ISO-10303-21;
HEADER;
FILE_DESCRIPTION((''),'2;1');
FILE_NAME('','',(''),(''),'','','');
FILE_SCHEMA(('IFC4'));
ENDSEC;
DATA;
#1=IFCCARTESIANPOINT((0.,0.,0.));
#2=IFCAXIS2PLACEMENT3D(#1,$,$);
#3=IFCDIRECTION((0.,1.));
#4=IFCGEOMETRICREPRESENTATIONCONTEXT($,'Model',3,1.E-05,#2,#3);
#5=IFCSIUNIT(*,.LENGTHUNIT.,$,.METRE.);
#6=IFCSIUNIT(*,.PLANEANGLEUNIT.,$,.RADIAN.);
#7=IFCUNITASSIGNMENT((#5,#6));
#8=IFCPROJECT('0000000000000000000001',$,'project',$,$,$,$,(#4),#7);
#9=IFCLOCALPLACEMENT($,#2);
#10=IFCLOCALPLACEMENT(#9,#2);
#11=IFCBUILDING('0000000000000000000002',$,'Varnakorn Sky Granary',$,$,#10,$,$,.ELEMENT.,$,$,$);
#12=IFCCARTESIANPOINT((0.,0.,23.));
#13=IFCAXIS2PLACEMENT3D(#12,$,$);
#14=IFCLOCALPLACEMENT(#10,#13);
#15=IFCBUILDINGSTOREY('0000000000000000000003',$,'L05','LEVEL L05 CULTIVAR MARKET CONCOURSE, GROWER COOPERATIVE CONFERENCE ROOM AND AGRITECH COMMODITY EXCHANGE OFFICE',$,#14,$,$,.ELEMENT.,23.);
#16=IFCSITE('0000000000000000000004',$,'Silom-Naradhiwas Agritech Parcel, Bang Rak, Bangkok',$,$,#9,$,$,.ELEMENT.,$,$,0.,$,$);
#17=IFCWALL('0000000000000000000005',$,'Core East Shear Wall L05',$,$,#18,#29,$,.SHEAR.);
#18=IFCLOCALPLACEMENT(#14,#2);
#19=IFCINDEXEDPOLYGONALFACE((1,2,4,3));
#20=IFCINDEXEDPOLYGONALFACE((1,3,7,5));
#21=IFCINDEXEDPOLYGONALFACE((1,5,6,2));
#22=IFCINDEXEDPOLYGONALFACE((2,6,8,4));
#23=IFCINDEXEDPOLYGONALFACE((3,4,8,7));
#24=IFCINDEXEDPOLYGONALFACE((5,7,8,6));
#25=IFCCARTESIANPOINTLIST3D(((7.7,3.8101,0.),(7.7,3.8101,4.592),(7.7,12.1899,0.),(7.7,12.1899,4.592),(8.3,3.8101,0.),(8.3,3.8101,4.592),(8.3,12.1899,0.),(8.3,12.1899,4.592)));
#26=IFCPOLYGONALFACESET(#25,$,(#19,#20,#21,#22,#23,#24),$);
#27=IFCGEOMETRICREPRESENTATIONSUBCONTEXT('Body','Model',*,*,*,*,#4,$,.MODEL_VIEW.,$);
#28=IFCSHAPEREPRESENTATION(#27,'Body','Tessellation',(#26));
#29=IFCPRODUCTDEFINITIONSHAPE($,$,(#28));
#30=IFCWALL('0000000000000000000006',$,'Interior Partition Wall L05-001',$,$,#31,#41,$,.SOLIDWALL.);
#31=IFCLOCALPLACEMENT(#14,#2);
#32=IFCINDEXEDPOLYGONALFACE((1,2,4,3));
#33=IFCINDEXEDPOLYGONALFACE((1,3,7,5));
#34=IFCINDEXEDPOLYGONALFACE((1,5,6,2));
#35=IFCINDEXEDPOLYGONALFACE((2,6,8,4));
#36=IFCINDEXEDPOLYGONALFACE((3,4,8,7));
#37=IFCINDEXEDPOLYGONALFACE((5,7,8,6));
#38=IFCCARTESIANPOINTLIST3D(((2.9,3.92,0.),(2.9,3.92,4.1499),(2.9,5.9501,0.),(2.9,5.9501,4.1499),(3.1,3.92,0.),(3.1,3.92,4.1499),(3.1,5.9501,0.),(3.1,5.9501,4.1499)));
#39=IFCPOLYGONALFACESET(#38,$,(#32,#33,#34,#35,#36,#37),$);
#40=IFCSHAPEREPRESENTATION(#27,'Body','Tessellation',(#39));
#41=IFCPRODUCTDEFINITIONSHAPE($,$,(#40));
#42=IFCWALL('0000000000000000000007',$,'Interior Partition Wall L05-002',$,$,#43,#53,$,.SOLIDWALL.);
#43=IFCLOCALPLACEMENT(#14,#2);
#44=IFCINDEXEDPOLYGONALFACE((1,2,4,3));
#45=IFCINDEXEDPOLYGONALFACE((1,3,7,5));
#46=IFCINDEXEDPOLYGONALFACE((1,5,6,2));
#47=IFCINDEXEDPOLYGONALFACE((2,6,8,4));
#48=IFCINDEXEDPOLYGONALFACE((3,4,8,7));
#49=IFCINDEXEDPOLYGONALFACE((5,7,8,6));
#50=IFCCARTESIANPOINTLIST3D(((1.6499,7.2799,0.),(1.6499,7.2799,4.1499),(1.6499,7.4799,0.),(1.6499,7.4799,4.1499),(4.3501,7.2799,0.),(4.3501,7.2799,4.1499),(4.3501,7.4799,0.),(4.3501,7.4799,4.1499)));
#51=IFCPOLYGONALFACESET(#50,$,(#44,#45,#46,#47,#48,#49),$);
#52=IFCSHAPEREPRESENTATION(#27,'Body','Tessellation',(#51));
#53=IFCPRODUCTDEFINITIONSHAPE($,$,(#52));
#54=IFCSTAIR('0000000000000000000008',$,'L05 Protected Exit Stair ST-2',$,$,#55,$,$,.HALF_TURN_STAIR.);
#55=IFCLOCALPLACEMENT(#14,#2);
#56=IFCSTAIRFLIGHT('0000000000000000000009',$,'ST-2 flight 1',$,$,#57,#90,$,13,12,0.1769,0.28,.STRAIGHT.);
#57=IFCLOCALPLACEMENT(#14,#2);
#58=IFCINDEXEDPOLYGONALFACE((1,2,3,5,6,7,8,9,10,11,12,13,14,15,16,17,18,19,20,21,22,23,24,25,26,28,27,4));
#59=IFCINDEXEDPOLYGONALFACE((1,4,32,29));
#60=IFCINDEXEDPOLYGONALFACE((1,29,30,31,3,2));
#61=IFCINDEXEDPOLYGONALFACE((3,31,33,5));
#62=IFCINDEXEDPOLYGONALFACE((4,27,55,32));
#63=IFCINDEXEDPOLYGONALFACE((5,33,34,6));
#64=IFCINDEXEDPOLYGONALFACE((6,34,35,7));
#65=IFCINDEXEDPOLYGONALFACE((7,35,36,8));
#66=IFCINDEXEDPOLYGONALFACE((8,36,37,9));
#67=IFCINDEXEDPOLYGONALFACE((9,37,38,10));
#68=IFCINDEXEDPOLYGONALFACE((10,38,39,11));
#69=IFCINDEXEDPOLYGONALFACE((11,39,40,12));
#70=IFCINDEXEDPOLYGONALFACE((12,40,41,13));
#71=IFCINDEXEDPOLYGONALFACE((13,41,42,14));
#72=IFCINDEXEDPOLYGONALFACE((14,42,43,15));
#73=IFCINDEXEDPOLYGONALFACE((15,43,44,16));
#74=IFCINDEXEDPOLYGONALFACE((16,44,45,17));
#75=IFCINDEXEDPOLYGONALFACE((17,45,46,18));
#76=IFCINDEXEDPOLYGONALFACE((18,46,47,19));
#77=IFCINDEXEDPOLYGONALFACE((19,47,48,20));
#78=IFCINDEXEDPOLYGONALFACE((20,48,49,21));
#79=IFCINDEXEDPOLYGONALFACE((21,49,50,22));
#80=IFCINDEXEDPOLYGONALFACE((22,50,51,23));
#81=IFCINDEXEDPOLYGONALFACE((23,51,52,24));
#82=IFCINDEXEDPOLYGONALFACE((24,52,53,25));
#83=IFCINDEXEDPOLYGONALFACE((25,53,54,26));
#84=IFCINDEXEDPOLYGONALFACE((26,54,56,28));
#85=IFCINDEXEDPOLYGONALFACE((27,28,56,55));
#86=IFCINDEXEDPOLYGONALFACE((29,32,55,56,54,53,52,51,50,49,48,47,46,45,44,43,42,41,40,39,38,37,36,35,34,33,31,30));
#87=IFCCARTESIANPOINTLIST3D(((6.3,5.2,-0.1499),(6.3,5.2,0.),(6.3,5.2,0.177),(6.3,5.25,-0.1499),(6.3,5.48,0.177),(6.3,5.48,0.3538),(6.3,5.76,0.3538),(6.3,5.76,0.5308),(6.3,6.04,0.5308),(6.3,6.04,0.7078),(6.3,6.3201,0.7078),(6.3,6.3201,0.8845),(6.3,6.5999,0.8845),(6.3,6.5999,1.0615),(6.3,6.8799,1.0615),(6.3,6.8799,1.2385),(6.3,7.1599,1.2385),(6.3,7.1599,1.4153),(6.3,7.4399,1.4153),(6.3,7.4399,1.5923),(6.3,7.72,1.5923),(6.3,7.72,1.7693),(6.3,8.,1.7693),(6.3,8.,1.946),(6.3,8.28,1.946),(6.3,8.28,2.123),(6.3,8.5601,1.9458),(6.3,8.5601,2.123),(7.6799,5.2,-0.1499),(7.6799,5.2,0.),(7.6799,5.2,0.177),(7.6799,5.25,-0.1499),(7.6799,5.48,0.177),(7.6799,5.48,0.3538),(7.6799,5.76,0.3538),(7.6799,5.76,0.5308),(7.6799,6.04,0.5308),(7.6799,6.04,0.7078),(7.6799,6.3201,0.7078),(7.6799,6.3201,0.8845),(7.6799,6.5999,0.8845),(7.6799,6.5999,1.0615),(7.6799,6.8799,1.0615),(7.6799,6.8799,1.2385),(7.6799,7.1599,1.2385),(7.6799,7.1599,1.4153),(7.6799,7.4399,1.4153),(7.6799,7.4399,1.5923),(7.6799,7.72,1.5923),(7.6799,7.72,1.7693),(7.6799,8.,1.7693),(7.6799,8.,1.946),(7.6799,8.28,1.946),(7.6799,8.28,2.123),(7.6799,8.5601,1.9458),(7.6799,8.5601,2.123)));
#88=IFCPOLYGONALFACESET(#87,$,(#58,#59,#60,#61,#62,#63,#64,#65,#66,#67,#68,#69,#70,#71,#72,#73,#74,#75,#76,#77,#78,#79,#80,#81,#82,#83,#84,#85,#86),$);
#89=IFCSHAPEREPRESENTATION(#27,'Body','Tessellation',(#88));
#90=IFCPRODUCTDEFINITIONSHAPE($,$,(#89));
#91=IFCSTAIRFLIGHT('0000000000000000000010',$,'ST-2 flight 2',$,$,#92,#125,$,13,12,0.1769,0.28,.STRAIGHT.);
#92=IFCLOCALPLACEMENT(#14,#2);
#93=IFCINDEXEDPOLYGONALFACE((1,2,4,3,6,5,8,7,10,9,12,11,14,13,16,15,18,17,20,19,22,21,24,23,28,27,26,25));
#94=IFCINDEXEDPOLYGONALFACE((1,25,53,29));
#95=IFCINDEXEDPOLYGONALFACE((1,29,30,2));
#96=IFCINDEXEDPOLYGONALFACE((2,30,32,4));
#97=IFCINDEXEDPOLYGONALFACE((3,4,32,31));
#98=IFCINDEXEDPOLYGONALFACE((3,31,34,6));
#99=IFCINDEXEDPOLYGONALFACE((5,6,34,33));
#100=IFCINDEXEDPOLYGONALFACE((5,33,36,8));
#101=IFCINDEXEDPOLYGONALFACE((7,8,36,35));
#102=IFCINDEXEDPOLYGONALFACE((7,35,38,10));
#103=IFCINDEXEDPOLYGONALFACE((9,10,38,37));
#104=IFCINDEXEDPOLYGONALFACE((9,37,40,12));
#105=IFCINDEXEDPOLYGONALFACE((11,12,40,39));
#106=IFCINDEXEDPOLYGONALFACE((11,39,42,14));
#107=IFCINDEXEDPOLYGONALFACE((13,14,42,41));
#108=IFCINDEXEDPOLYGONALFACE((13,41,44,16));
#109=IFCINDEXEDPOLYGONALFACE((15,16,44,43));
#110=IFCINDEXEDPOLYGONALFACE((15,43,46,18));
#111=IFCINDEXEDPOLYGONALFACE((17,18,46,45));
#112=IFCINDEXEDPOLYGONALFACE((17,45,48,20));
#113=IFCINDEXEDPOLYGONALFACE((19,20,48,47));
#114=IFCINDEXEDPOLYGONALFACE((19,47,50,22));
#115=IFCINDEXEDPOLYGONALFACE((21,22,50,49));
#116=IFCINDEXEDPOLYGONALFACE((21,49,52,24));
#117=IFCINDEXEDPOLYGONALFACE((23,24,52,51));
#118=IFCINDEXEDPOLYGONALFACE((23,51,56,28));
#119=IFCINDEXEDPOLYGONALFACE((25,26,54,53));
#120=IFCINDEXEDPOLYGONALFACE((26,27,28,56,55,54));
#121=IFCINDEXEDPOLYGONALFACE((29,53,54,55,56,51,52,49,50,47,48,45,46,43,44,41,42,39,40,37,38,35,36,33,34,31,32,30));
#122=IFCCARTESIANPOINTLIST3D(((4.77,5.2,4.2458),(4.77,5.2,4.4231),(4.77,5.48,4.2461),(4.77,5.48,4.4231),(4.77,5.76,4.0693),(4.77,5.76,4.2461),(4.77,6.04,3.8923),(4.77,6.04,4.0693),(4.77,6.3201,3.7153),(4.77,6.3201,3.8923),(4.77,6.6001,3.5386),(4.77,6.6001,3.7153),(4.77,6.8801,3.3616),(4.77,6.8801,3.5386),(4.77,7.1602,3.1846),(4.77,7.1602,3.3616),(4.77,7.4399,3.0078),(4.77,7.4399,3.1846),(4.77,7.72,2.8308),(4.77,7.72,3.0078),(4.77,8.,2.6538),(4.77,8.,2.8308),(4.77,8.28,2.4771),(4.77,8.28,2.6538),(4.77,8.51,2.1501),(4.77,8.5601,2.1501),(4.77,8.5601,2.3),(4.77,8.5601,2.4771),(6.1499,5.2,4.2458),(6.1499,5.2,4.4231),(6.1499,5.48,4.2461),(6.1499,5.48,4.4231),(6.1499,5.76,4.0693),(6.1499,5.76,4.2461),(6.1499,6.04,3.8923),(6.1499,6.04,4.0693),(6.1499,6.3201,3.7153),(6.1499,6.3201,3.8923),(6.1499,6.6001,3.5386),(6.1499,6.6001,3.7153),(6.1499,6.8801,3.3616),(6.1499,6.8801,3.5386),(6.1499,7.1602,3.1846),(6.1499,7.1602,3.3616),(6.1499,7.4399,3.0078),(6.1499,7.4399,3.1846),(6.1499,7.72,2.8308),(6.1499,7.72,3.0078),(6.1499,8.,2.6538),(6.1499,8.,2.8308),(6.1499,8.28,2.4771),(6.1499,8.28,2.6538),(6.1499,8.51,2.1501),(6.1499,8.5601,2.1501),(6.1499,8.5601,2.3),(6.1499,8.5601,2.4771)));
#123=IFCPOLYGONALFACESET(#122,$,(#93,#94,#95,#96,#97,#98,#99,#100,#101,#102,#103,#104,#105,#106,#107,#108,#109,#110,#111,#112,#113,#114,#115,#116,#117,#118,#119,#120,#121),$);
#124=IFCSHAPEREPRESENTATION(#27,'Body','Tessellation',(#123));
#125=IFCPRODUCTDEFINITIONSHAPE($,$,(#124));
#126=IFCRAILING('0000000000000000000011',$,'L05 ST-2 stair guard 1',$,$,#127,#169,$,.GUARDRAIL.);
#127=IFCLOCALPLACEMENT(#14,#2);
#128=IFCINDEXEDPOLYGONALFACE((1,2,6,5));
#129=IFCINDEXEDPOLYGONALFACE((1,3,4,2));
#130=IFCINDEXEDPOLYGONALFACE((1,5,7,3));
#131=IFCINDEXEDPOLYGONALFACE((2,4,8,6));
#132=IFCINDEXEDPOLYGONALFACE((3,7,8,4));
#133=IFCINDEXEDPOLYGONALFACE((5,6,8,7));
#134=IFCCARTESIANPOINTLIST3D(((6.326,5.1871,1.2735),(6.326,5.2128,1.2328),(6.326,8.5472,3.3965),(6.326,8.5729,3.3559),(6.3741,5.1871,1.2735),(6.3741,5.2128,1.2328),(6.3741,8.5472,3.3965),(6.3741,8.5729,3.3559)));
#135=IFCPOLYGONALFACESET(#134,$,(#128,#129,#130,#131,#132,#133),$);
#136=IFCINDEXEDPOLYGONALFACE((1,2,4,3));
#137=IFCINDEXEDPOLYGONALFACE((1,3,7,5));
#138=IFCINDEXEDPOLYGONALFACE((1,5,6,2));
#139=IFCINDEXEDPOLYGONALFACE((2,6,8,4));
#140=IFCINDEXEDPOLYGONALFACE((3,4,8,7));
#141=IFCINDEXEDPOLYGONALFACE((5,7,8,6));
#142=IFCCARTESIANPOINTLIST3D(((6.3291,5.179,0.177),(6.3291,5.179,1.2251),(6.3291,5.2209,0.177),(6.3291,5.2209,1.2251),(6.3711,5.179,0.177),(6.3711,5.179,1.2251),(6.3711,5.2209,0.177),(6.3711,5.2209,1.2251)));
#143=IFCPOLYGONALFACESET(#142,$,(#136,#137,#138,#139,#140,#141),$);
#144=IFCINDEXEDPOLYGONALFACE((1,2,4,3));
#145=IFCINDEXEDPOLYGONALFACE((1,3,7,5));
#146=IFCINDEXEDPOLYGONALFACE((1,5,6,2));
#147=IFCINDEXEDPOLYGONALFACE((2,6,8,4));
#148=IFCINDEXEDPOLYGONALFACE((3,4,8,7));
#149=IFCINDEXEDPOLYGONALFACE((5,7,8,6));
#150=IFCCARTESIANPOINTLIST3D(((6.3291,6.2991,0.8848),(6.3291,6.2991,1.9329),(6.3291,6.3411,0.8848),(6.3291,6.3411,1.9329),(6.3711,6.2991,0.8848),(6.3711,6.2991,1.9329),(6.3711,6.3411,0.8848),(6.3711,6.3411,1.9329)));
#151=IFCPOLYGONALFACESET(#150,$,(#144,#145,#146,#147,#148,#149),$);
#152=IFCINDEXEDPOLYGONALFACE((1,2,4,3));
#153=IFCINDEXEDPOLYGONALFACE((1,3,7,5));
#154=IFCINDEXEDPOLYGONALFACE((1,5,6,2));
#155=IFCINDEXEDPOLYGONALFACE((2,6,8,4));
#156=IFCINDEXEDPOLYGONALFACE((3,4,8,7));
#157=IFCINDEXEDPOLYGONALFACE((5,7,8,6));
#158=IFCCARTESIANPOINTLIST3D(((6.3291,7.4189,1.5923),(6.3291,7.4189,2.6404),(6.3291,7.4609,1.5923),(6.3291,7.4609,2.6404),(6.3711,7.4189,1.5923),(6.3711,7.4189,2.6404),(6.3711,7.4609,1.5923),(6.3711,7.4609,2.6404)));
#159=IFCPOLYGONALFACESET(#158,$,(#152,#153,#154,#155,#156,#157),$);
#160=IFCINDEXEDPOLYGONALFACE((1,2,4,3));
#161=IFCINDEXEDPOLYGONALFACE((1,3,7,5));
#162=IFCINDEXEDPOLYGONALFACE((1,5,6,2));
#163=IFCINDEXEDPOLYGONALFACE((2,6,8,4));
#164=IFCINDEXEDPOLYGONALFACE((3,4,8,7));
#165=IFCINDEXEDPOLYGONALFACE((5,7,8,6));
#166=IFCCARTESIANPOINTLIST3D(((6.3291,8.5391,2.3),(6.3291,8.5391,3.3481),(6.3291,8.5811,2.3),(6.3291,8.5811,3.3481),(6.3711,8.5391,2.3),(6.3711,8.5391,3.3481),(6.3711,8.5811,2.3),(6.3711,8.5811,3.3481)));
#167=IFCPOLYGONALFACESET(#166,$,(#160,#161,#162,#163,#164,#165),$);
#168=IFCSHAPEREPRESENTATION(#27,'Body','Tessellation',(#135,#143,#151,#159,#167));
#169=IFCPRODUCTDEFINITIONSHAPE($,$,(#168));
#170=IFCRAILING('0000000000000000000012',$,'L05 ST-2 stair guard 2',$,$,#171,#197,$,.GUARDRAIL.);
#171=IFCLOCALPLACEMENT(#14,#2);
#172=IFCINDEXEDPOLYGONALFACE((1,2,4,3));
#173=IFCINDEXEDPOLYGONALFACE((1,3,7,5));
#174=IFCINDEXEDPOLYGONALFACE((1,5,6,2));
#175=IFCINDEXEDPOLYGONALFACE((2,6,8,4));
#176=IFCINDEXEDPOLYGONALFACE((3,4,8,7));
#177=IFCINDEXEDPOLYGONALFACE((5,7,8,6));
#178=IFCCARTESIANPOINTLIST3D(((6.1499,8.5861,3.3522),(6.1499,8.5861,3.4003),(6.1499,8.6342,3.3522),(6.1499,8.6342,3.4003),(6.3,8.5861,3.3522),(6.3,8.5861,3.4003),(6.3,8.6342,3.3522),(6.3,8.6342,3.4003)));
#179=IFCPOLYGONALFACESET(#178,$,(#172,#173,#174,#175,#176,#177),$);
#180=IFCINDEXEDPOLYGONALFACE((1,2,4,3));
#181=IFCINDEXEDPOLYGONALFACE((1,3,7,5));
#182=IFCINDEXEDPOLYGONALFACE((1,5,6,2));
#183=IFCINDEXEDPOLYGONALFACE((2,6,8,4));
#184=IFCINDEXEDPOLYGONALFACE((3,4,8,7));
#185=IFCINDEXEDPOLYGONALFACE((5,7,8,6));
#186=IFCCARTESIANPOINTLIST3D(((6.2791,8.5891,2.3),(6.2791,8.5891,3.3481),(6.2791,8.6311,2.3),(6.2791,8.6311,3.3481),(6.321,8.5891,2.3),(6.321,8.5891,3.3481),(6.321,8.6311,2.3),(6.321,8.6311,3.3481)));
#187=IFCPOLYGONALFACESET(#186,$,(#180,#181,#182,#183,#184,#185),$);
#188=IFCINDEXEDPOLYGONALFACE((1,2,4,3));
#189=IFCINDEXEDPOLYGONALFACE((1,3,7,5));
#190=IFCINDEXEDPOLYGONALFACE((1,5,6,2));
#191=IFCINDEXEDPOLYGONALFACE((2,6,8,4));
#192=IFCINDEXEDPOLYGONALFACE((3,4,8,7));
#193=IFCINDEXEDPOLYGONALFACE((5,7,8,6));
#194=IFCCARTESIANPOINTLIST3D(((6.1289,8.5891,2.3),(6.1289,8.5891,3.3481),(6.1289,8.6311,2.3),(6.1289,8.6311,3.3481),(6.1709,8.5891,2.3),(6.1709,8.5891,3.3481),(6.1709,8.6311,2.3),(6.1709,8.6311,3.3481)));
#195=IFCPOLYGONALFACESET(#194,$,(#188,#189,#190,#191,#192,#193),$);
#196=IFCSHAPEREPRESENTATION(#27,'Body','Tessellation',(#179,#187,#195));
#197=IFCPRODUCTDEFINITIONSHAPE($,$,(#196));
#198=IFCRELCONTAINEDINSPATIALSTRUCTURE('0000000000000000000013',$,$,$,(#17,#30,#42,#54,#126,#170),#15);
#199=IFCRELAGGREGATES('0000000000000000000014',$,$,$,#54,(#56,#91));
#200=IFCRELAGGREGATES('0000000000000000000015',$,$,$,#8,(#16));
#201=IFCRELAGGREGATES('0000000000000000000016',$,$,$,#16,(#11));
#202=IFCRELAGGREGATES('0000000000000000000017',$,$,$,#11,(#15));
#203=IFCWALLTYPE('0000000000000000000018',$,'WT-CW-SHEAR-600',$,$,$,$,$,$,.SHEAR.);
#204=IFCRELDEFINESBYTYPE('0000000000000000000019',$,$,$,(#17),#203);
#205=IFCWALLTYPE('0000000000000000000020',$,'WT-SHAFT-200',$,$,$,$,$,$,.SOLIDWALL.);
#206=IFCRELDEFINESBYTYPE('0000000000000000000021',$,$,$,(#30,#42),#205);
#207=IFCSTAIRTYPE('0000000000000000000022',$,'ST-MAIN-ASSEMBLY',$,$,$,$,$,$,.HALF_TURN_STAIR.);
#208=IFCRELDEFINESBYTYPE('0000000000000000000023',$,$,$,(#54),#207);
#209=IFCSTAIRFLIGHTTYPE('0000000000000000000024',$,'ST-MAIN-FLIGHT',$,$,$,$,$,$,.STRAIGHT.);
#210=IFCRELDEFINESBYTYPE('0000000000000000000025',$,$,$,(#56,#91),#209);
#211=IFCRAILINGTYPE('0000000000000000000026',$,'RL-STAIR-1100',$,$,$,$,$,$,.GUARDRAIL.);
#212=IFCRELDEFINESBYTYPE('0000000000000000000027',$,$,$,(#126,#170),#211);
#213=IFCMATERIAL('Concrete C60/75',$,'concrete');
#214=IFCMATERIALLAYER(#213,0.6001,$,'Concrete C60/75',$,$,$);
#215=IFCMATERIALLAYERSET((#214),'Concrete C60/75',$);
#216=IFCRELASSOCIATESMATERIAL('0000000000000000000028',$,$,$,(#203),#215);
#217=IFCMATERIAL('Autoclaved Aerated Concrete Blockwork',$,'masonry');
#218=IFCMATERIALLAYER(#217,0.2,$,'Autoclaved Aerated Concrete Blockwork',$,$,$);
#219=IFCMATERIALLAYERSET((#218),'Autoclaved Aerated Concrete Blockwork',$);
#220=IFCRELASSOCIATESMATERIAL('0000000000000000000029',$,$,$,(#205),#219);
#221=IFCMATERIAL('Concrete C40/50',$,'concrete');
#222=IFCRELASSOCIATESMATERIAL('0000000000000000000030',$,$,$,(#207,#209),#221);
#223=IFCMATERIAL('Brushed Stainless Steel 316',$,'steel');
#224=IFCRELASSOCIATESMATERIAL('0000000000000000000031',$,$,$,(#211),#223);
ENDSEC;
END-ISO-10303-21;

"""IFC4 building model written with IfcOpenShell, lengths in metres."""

from ifc_helpers import new_model, si_unit, direction, frame, frame_2d, origin, origin_2d, place, context, subcontext, project, spatial, polyline, rectangle, outline, extrude, material, layer, layer_set, type_object, element, aggregate, save


model = new_model("IFC4")

# Units and contexts
model_context = context("Model", 3, precision=1e-05, world=origin(), true_north=direction((0.0, 1.0)))
body_context = subcontext(model_context, "Body", "Model", "MODEL_VIEW")
ifc_project = project(units=[si_unit("LENGTHUNIT", "METRE"), si_unit("PLANEANGLEUNIT", "RADIAN")], contexts=[model_context])

# Site, building, storey
site_placement = place(None, origin())
site = spatial("IfcSite", under=ifc_project, at=site_placement, Name="Silom-Naradhiwas Agritech Parcel, Bang Rak, Bangkok", CompositionType="ELEMENT", RefElevation=0.0)
building_placement = place(site_placement, origin())
building = spatial("IfcBuilding", under=site, at=building_placement, Name="Varnakorn Sky Granary", CompositionType="ELEMENT")
storey_placement = place(building_placement, frame((0.0, 0.0, 23.0)))
storey = spatial("IfcBuildingStorey", under=building, at=storey_placement, Name="L05", Description="LEVEL L05 CULTIVAR MARKET CONCOURSE, GROWER COOPERATIVE CONFERENCE ROOM AND AGRITECH COMMODITY EXCHANGE OFFICE", CompositionType="ELEMENT", Elevation=23.0)

# Shared definitions
ifc_material_1 = material(Name="Concrete C60/75", Category="concrete")

# Walls
ifc_layer_1 = layer(ifc_material_1, 0.6001, Name="Concrete C60/75")
ifc_layer_set_1 = layer_set([ifc_layer_1], Name="Concrete C60/75")
wall_type_1 = type_object("IfcWallType", Name="WT-CW-SHEAR-600", PredefinedType="SHEAR", material=ifc_layer_set_1)
wall_1_placement = place(storey_placement, frame((8.0, 3.8101, 0.0), z_axis=(0.0, 0.0, 1.0), x_axis=(0.0, 1.0, 0.0)))
element("IfcWall", 1, at=wall_1_placement, inside=storey, type_object=wall_type_1, Name="Core East Shear Wall L05", PredefinedType="SHEAR", context=body_context, shape_type="SweptSolid", body=[
    extrude(rectangle(XDim=8.3799, YDim=0.6001, at=frame_2d((4.1899, 0.0))), origin(), (0.0, 0.0, 1.0), 4.592),
])
ifc_material_2 = material(Name="Autoclaved Aerated Concrete Blockwork", Category="masonry")
ifc_layer_2 = layer(ifc_material_2, 0.2, Name="Autoclaved Aerated Concrete Blockwork")
ifc_layer_set_2 = layer_set([ifc_layer_2], Name="Autoclaved Aerated Concrete Blockwork")
wall_type_2 = type_object("IfcWallType", Name="WT-SHAFT-200", PredefinedType="SOLIDWALL", material=ifc_layer_set_2)
wall_2_placement = place(storey_placement, frame((3.0, 3.9199, 0.0), z_axis=(0.0, 0.0, 1.0), x_axis=(0.0, 1.0, 0.0)))
element("IfcWall", 2, at=wall_2_placement, inside=storey, type_object=wall_type_2, Name="Interior Partition Wall L05-001", PredefinedType="SOLIDWALL", context=body_context, shape_type="SweptSolid", body=[
    extrude(rectangle(XDim=2.03, YDim=0.2, at=frame_2d((1.0151, 0.0))), origin(), (0.0, 0.0, 1.0), 4.1499),
])
wall_3_placement = place(storey_placement, frame((1.6499, 7.3799, 0.0), z_axis=(0.0, 0.0, 1.0), x_axis=(1.0, 0.0, 0.0)))
element("IfcWall", 3, at=wall_3_placement, inside=storey, type_object=wall_type_2, Name="Interior Partition Wall L05-002", PredefinedType="SOLIDWALL", context=body_context, shape_type="SweptSolid", body=[
    extrude(rectangle(XDim=2.7002, YDim=0.2, at=frame_2d((1.3501, 0.0))), origin(), (0.0, 0.0, 1.0), 4.1499),
])

# Stair, stair flights
ifc_material_3 = material(Name="Concrete C40/50", Category="concrete")
stair_type = type_object("IfcStairType", Name="ST-MAIN-ASSEMBLY", PredefinedType="HALF_TURN_STAIR", material=ifc_material_3)
stair_placement = place(storey_placement, origin())
stair = element("IfcStair", 4, at=stair_placement, inside=storey, type_object=stair_type, Name="L05 Protected Exit Stair ST-2", PredefinedType="HALF_TURN_STAIR")
stair_flight_type = type_object("IfcStairFlightType", Name="ST-MAIN-FLIGHT", PredefinedType="STRAIGHT", material=ifc_material_3)
stair_flight_1_placement = place(storey_placement, frame((6.99, 5.2, 0.0), z_axis=(0.0, 0.0, 1.0), x_axis=(0.0, 1.0, 0.0)))
stair_flight_1 = element("IfcStairFlight", 5, at=stair_flight_1_placement, type_object=stair_flight_type, Name="ST-2 flight 1", NumberOfRisers=13, NumberOfTreads=12, PredefinedType="STRAIGHT", RiserHeight=0.1769, TreadLength=0.28, context=body_context, shape_type="SweptSolid", body=[
    extrude(outline(polyline([(0.0, -0.1499), (0.0, 0.0), (0.0, 0.177), (0.28, 0.177), (0.28, 0.3538), (0.5601, 0.3538), (0.5601, 0.5308), (0.8401, 0.5308), (0.8401, 0.7078), (1.1201, 0.7078), (1.1201, 0.8845), (1.3999, 0.8845), (1.3999, 1.0615), (1.6799, 1.0615), (1.6799, 1.2385), (1.96, 1.2385), (1.96, 1.4153), (2.24, 1.4153), (2.24, 1.5923), (2.52, 1.5923), (2.52, 1.7693), (2.8, 1.7693), (2.8, 1.946), (3.0801, 1.946), (3.0801, 2.123), (3.3601, 2.123), (3.3601, 2.3), (3.3601, 1.9458), (0.05, -0.1499), (0.0, -0.1499)])), frame((0.0, 0.6899, 0.0), z_axis=(0.0, -1.0, 0.0), x_axis=(1.0, 0.0, 0.0)), (0.0, 0.0, 1.0), 1.3799),
])
stair_flight_2_placement = place(storey_placement, frame((5.46, 8.5601, 2.3), z_axis=(0.0, 0.0, 1.0), x_axis=(0.0, -1.0, 0.0)))
stair_flight_2 = element("IfcStairFlight", 6, at=stair_flight_2_placement, type_object=stair_flight_type, Name="ST-2 flight 2", NumberOfRisers=13, NumberOfTreads=12, PredefinedType="STRAIGHT", RiserHeight=0.1769, TreadLength=0.28, context=body_context, shape_type="SweptSolid", body=[
    extrude(outline(polyline([(0.0, -0.1499), (0.0, 0.0), (0.0, 0.177), (0.28, 0.177), (0.28, 0.3538), (0.5601, 0.3538), (0.5601, 0.5308), (0.8401, 0.5308), (0.8401, 0.7078), (1.1201, 0.7078), (1.1201, 0.8845), (1.3999, 0.8845), (1.3999, 1.0615), (1.6799, 1.0615), (1.6799, 1.2385), (1.96, 1.2385), (1.96, 1.4153), (2.24, 1.4153), (2.24, 1.5923), (2.52, 1.5923), (2.52, 1.7693), (2.8, 1.7693), (2.8, 1.946), (3.0801, 1.946), (3.0801, 2.123), (3.3601, 2.123), (3.3601, 2.3), (3.3601, 1.9458), (0.05, -0.1499), (0.0, -0.1499)])), frame((0.0, 0.6899, 0.0), z_axis=(0.0, -1.0, 0.0), x_axis=(1.0, 0.0, 0.0)), (0.0, 0.0, 1.0), 1.3799),
])
aggregate(stair, [stair_flight_1, stair_flight_2])

# Railings
ifc_material_4 = material(Name="Brushed Stainless Steel 316", Category="steel")
railing_type_1 = type_object("IfcRailingType", Name="RL-STAIR-1100", PredefinedType="GUARDRAIL", material=ifc_material_4)
railing_1_placement = place(storey_placement, frame((6.3501, 5.2, 0.177)))
element("IfcRailing", 7, at=railing_1_placement, inside=storey, type_object=railing_type_1, Name="L05 ST-2 stair guard 1", PredefinedType="GUARDRAIL", context=body_context, shape_type="SweptSolid", body=[
    extrude(rectangle(XDim=0.0481, YDim=0.0481, at=origin_2d()), frame((0.0, 0.0, 1.0762), z_axis=(0.0, 0.84539, 0.53415), x_axis=(-1.0, 0.0, 0.0)), (0.0, 0.0, 1.0), 3.9746),
    extrude(rectangle(XDim=0.042, YDim=0.042, at=origin_2d()), origin(), (0.0, 0.0, 1.0), 1.0481),
    extrude(rectangle(XDim=0.042, YDim=0.042, at=origin_2d()), frame((0.0, 1.1201, 0.7078)), (0.0, 0.0, 1.0), 1.0481),
    extrude(rectangle(XDim=0.042, YDim=0.042, at=origin_2d()), frame((0.0, 2.24, 1.4153)), (0.0, 0.0, 1.0), 1.0481),
    extrude(rectangle(XDim=0.042, YDim=0.042, at=origin_2d()), frame((0.0, 3.3601, 2.123)), (0.0, 0.0, 1.0), 1.0481),
])
railing_2_placement = place(storey_placement, frame((6.3, 8.6101, 2.3)))
element("IfcRailing", 8, at=railing_2_placement, inside=storey, type_object=railing_type_1, Name="L05 ST-2 stair guard 2", PredefinedType="GUARDRAIL", context=body_context, shape_type="SweptSolid", body=[
    extrude(rectangle(XDim=0.0481, YDim=0.0481, at=origin_2d()), frame((0.0, 0.0, 1.0762), z_axis=(-1.0, 0.0, 0.0), x_axis=(0.0, -1.0, 0.0)), (0.0, 0.0, 1.0), 0.1501),
    extrude(rectangle(XDim=0.042, YDim=0.042, at=origin_2d()), origin(), (0.0, 0.0, 1.0), 1.0481),
    extrude(rectangle(XDim=0.042, YDim=0.042, at=origin_2d()), frame((-0.1501, 0.0, 0.0)), (0.0, 0.0, 1.0), 1.0481),
])

save(model, "model.ifc")
